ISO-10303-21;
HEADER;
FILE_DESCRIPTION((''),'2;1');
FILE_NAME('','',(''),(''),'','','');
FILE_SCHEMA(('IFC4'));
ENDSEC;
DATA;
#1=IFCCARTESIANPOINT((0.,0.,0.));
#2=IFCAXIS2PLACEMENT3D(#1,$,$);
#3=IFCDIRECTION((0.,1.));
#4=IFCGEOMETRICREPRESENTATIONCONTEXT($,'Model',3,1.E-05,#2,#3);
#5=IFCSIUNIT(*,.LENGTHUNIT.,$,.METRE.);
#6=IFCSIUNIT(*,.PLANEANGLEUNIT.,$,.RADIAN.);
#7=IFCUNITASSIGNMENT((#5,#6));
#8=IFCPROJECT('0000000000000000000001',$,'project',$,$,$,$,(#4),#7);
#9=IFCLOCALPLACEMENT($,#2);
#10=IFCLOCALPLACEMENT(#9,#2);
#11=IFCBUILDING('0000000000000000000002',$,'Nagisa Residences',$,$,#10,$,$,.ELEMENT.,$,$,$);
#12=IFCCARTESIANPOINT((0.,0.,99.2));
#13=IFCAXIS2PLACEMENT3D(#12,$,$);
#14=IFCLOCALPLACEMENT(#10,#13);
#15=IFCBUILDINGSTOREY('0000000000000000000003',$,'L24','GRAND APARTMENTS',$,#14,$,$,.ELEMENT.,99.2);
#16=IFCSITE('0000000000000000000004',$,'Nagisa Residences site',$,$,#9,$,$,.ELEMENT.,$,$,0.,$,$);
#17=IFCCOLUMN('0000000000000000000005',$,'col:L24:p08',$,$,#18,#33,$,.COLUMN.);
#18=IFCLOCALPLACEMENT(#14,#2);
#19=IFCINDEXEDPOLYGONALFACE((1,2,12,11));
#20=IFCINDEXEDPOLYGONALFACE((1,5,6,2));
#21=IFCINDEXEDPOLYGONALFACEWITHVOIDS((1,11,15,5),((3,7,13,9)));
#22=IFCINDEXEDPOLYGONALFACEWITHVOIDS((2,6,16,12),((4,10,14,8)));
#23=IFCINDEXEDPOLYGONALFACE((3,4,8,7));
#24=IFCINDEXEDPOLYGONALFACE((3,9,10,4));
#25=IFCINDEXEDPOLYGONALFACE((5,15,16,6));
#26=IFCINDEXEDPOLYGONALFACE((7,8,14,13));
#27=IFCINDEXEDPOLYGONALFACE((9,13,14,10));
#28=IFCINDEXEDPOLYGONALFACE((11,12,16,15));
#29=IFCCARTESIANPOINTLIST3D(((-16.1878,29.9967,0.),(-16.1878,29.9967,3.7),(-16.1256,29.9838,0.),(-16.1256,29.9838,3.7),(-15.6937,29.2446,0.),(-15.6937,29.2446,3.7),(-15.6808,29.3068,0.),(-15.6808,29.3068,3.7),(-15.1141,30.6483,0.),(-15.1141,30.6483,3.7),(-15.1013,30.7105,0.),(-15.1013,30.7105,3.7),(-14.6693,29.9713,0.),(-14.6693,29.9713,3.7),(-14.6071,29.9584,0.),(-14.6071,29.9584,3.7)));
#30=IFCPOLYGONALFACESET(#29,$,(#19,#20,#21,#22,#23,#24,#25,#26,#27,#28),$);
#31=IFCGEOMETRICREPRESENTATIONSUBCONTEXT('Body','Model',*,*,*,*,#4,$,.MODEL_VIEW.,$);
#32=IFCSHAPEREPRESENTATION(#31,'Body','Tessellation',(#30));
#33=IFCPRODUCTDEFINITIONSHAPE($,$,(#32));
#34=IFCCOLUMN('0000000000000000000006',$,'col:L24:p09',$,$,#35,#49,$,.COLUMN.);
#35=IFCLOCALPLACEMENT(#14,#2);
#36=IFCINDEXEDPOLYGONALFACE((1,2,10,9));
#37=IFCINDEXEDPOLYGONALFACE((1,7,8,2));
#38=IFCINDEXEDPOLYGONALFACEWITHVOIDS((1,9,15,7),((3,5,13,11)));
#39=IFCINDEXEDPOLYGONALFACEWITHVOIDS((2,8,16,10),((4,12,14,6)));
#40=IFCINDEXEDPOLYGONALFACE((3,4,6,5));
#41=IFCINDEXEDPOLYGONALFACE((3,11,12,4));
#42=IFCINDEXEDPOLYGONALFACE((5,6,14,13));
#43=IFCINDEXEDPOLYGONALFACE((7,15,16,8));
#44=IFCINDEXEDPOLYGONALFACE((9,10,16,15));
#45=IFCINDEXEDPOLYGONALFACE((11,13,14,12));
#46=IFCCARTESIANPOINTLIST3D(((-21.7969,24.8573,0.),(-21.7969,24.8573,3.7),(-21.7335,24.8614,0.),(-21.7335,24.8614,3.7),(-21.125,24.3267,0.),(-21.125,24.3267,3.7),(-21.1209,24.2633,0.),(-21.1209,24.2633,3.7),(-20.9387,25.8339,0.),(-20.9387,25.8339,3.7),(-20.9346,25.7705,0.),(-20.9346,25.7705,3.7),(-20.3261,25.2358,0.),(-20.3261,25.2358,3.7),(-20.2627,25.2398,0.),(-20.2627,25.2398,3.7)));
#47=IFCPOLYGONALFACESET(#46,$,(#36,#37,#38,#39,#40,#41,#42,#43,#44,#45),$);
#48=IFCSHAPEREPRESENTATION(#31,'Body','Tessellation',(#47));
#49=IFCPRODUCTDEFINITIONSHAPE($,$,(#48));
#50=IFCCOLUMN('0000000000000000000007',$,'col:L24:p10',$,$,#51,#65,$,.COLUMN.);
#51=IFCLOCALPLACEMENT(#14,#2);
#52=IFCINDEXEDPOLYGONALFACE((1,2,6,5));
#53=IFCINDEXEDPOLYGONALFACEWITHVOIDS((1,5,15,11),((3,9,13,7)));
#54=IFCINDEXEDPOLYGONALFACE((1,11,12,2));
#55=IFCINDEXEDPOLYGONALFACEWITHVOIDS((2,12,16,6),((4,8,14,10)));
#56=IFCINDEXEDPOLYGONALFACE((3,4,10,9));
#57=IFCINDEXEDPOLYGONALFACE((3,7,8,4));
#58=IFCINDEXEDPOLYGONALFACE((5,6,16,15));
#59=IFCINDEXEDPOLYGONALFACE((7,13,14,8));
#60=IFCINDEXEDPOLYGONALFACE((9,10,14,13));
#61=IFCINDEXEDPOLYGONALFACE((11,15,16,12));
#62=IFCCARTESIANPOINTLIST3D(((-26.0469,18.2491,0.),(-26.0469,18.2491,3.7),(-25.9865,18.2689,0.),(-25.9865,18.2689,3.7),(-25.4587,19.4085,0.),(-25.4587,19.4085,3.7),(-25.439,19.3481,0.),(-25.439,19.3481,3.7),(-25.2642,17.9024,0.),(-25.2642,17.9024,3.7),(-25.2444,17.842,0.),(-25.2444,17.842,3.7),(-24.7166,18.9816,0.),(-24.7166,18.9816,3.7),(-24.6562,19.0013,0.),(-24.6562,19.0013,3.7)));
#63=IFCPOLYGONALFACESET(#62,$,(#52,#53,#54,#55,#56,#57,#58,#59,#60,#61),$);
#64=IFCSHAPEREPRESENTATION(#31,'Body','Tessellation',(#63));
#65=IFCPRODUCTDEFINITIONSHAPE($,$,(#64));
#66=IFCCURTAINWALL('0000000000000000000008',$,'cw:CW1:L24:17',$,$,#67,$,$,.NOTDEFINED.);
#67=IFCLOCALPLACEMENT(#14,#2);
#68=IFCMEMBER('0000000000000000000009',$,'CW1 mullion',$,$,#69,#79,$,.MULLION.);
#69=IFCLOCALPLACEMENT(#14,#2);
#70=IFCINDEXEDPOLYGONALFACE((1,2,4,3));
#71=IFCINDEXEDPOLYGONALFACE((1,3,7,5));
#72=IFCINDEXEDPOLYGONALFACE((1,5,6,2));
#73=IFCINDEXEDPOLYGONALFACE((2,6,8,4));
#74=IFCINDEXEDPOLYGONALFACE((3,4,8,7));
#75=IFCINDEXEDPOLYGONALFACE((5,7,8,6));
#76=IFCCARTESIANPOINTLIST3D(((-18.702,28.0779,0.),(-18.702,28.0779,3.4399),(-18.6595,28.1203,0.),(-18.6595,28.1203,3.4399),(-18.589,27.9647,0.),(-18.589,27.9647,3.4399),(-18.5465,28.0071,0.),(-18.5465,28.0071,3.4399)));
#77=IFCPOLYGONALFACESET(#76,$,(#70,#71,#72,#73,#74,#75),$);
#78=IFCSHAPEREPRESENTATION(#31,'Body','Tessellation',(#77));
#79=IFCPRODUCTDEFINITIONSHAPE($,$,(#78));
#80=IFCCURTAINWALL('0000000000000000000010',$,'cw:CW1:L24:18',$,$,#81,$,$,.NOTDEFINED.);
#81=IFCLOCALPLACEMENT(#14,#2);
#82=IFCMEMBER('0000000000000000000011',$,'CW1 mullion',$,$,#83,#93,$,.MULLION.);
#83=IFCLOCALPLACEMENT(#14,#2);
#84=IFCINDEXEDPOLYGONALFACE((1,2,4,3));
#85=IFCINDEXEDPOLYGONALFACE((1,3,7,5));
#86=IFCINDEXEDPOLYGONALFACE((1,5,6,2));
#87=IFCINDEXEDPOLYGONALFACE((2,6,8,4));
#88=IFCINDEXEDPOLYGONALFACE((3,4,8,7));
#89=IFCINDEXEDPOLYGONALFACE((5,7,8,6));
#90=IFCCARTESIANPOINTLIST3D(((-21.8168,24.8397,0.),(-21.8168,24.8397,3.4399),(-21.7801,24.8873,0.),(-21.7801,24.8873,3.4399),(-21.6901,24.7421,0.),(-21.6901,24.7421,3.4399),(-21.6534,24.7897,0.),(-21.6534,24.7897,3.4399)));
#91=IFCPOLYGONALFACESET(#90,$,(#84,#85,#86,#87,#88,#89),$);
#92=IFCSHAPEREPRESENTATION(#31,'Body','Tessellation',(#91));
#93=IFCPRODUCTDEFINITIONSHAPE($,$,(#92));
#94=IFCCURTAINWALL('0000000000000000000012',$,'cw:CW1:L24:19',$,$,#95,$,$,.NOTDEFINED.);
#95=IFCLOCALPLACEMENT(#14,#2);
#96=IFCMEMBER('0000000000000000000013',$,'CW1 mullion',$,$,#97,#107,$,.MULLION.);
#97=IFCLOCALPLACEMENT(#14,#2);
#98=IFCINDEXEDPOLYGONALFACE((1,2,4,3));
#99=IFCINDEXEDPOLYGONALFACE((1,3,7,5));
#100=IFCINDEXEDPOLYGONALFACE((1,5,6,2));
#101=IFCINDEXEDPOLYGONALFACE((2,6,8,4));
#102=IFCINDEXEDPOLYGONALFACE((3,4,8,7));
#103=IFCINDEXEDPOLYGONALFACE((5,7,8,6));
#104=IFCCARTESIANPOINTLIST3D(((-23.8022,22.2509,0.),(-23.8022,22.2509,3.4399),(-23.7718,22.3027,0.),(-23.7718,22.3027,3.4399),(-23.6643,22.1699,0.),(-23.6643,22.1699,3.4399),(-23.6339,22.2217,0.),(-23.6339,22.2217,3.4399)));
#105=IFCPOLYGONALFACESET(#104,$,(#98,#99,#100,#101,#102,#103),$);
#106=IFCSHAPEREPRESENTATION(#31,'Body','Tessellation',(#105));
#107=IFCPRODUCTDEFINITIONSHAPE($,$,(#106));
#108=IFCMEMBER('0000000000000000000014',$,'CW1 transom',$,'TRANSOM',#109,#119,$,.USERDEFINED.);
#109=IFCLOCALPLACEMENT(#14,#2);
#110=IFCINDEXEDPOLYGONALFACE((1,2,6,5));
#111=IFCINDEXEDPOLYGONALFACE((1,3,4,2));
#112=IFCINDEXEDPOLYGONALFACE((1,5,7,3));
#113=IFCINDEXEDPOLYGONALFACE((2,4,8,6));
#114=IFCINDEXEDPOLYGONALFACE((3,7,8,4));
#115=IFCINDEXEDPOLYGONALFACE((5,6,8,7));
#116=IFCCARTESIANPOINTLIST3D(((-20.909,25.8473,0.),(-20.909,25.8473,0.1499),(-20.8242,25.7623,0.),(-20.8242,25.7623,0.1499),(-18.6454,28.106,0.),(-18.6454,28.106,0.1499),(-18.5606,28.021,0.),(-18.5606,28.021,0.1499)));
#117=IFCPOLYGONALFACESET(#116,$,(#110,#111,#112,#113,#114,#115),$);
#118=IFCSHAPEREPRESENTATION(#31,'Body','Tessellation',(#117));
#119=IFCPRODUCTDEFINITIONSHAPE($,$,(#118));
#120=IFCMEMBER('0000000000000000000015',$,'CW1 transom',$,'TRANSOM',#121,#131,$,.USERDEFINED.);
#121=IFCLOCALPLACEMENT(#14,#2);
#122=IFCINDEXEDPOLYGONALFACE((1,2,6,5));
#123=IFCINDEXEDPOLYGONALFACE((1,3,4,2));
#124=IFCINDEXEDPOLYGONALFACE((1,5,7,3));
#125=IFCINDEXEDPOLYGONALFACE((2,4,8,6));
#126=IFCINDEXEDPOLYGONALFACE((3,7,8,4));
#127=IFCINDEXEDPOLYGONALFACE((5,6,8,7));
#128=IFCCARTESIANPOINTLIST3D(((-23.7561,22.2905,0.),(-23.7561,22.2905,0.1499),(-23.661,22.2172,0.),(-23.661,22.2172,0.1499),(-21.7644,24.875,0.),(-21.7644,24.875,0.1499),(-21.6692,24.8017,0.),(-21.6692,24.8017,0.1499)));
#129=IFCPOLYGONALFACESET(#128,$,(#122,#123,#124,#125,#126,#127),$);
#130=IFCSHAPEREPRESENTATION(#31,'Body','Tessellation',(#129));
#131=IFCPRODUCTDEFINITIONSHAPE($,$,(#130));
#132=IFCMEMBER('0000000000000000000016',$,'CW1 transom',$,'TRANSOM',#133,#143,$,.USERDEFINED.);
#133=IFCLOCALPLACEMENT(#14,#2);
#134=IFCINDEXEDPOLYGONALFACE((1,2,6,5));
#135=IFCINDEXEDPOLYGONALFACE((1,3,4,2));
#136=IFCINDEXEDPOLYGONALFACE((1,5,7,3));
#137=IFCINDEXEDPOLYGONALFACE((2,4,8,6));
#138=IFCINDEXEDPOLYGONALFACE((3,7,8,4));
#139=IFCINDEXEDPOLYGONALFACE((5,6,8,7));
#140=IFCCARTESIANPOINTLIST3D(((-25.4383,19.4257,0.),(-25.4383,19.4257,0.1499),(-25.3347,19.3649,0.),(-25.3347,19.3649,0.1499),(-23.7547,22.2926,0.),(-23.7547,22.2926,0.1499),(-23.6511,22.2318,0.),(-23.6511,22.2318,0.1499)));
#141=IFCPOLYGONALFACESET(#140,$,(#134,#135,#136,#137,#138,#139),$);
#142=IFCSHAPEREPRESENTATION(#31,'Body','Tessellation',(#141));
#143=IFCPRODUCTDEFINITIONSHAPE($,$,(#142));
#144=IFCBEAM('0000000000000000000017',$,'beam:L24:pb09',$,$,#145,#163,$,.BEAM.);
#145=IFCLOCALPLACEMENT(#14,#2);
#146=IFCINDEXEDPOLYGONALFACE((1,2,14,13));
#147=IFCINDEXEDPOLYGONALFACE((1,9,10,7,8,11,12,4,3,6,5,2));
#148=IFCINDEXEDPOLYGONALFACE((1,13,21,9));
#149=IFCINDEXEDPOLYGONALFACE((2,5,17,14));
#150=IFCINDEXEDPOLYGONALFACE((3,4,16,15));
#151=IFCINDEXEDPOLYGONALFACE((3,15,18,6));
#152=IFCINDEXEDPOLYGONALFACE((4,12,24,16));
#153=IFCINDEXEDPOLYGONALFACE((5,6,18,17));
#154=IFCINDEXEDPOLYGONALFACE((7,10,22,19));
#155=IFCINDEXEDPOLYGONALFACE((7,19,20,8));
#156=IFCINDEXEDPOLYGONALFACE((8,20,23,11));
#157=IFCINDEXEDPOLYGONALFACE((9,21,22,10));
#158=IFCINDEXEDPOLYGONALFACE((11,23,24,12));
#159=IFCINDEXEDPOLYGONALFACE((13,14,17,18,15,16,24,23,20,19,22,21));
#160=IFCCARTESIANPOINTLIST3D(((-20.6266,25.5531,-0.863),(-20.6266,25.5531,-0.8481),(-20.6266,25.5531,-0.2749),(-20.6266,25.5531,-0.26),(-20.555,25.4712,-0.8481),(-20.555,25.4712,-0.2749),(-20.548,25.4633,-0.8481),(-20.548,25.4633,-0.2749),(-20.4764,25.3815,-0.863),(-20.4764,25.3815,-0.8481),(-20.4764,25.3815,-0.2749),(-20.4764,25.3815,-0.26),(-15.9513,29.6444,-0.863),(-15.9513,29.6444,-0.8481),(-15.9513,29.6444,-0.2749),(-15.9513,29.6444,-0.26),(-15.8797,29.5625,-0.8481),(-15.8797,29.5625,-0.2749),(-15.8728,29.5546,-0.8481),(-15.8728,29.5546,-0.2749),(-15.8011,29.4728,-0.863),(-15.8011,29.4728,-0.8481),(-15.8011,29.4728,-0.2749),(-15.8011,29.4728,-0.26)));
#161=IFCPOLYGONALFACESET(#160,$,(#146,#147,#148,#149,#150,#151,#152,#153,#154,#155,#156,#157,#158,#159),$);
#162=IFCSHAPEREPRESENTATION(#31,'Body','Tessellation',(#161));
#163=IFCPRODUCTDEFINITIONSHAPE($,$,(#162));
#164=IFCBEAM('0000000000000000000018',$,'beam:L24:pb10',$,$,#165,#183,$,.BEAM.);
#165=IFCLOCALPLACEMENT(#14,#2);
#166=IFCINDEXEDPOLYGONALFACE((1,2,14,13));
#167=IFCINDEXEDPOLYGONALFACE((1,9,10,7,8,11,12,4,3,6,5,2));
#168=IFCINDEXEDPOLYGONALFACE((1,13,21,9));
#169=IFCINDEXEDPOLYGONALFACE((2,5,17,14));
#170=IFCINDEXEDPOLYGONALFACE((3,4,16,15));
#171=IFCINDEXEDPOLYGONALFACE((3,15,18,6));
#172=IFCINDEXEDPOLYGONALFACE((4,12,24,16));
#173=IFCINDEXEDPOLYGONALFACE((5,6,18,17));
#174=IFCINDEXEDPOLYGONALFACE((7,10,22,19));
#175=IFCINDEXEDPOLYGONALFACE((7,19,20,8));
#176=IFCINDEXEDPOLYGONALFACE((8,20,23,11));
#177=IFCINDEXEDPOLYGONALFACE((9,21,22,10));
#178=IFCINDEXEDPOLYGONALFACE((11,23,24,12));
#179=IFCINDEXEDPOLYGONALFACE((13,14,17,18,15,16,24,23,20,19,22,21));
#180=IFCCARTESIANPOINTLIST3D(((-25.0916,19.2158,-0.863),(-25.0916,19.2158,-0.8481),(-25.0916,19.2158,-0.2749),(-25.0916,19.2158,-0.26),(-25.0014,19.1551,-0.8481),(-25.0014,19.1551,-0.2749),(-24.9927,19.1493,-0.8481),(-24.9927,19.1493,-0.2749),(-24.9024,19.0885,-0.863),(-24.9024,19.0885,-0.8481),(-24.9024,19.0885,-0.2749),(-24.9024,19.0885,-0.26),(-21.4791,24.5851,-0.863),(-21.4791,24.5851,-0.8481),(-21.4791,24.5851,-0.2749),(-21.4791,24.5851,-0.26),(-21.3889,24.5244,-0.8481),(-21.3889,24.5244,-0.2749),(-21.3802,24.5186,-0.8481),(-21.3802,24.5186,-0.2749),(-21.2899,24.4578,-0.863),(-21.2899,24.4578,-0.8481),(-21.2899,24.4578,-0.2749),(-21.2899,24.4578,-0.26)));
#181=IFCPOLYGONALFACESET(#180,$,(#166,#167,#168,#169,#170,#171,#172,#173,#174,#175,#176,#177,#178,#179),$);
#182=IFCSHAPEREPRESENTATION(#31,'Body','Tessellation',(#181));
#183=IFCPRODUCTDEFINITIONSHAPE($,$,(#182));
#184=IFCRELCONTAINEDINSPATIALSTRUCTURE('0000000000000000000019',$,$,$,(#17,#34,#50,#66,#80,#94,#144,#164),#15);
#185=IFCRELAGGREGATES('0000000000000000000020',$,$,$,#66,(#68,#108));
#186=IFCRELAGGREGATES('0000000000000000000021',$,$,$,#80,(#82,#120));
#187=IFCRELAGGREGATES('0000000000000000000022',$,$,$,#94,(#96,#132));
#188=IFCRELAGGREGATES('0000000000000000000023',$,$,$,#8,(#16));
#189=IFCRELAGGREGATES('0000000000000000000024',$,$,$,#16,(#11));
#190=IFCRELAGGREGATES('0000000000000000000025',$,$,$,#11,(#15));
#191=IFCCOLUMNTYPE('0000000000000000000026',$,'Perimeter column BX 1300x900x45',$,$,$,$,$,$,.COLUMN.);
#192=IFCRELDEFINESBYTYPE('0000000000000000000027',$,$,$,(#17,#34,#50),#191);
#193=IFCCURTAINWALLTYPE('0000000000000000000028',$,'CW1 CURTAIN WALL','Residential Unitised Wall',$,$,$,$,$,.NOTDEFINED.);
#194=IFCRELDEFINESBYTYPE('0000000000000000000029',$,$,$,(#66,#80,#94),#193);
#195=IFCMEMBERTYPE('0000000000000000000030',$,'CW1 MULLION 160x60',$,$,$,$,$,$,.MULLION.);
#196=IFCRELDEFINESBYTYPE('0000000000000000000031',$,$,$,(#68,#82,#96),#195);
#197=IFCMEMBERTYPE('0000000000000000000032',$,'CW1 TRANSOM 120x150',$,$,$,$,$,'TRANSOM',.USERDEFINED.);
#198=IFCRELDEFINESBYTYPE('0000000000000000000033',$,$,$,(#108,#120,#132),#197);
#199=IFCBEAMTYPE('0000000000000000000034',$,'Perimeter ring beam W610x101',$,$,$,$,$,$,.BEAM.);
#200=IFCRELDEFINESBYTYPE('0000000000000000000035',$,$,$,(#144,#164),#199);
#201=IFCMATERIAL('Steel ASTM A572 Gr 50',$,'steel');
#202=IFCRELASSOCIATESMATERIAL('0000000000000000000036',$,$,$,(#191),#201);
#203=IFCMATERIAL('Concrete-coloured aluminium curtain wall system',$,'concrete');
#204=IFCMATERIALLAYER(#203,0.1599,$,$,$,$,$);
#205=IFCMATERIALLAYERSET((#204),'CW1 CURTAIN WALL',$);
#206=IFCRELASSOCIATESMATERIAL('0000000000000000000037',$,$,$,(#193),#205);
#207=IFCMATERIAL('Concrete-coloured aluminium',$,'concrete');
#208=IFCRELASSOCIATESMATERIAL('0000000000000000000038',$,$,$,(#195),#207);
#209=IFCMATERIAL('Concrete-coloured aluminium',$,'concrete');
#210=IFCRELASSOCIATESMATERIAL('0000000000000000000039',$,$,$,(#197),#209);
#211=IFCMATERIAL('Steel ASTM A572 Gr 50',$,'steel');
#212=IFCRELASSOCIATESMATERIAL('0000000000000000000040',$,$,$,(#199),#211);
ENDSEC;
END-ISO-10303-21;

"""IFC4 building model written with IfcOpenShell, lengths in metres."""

from ifc_helpers import new_model, si_unit, direction, frame, origin, origin_2d, place, context, subcontext, project, spatial, rectangle, hollow_rectangle, i_section, extrude, material, layer, layer_set, material_profile, profile_set, type_object, element, aggregate, save


model = new_model("IFC4")

# Units and contexts
model_context = context("Model", 3, precision=1e-05, world=origin(), true_north=direction((0.0, 1.0)))
body_context = subcontext(model_context, "Body", "Model", "MODEL_VIEW")
ifc_project = project(units=[si_unit("LENGTHUNIT", "METRE"), si_unit("PLANEANGLEUNIT", "RADIAN")], contexts=[model_context])

# Site, building, storey
site_placement = place(None, origin())
site = spatial("IfcSite", under=ifc_project, at=site_placement, Name="Nagisa Residences site", CompositionType="ELEMENT", RefElevation=0.0)
building_placement = place(site_placement, origin())
building = spatial("IfcBuilding", under=site, at=building_placement, Name="Nagisa Residences", CompositionType="ELEMENT")
storey_placement = place(building_placement, frame((0.0, 0.0, 99.2)))
storey = spatial("IfcBuildingStorey", under=building, at=storey_placement, Name="L24", Description="GRAND APARTMENTS", CompositionType="ELEMENT", Elevation=99.2)

# Columns
ifc_material_1 = material(Name="Steel ASTM A572 Gr 50", Category="steel")
ifc_material_profile_1 = material_profile(ifc_material_1, hollow_rectangle(XDim=1.3, YDim=0.8999, WallThickness=0.0449, at=origin_2d()), Name="BX 1300x900x45")
ifc_profile_set_1 = profile_set([ifc_material_profile_1], Name="Steel ASTM A572 Gr 50")
column_type = type_object("IfcColumnType", Name="Perimeter column BX 1300x900x45", PredefinedType="COLUMN", material=ifc_profile_set_1)
for number, where, z_axis, x_axis, name in (
    (1, (-15.3975, 29.9775, 0.0), (0.0, 0.0, 1.0), (-0.835766, -0.549086, 0.0), "col:L24:p08"),
    (2, (-21.0298, 25.0486, 0.0), (0.0, 0.0, 1.0), (-0.660115, -0.751165, 0.0), "col:L24:p09"),
    (3, (-25.3516, 18.6252, 0.0), (0.0, 0.0, 1.0), (-0.452463, -0.891783, 0.0), "col:L24:p10"),
):
    element("IfcColumn", number, at=place(storey_placement, frame(where, z_axis=z_axis, x_axis=x_axis)), inside=storey, type_object=column_type, Name=name, PredefinedType="COLUMN", context=body_context, shape_type="SweptSolid", body=[
        extrude(hollow_rectangle(XDim=1.3, YDim=0.8999, WallThickness=0.0449, at=origin_2d()), origin(), (0.0, 0.0, 1.0), 3.7),
    ])

# Curtain walls, members
ifc_material_2 = material(Name="Concrete-coloured aluminium curtain wall system", Category="concrete")
ifc_layer_1 = layer(ifc_material_2, 0.1599)
ifc_layer_set_1 = layer_set([ifc_layer_1], Name="CW1 CURTAIN WALL")
curtain_wall_type = type_object("IfcCurtainWallType", Name="CW1 CURTAIN WALL", Description="Residential Unitised Wall", PredefinedType="NOTDEFINED", material=ifc_layer_set_1)
curtain_wall_1_placement = place(storey_placement, origin())
curtain_wall_1 = element("IfcCurtainWall", 4, at=curtain_wall_1_placement, inside=storey, type_object=curtain_wall_type, Name="cw:CW1:L24:17", PredefinedType="NOTDEFINED")
ifc_material_3 = material(Name="Concrete-coloured aluminium", Category="concrete")
ifc_material_profile_2 = material_profile(ifc_material_3, rectangle(XDim=0.1599, YDim=0.0601, at=origin_2d()), Name="CW1 MULLION 160x60")
ifc_profile_set_2 = profile_set([ifc_material_profile_2], Name="Concrete-coloured aluminium")
member_type_1 = type_object("IfcMemberType", Name="CW1 MULLION 160x60", PredefinedType="MULLION", material=ifc_profile_set_2)
member_1_placement = place(storey_placement, frame((-18.6243, 28.0425, 0.0), z_axis=(0.0, 0.0, 1.0), x_axis=(0.706377, -0.707836, 0.0)))
member_1 = element("IfcMember", 5, at=member_1_placement, type_object=member_type_1, Name="CW1 mullion", PredefinedType="MULLION", context=body_context, shape_type="SweptSolid", body=[
    extrude(rectangle(XDim=0.1599, YDim=0.0601, at=origin_2d()), origin(), (0.0, 0.0, 1.0), 3.4399),
])
curtain_wall_2_placement = place(storey_placement, origin())
curtain_wall_2 = element("IfcCurtainWall", 6, at=curtain_wall_2_placement, inside=storey, type_object=curtain_wall_type, Name="cw:CW1:L24:18", PredefinedType="NOTDEFINED")
member_2_placement = place(storey_placement, frame((-21.7351, 24.8147, 0.0), z_axis=(0.0, 0.0, 1.0), x_axis=(0.79207, -0.61043, 0.0)))
member_2 = element("IfcMember", 7, at=member_2_placement, type_object=member_type_1, Name="CW1 mullion", PredefinedType="MULLION", context=body_context, shape_type="SweptSolid", body=[
    extrude(rectangle(XDim=0.1599, YDim=0.0601, at=origin_2d()), origin(), (0.0, 0.0, 1.0), 3.4399),
])
curtain_wall_3_placement = place(storey_placement, origin())
curtain_wall_3 = element("IfcCurtainWall", 8, at=curtain_wall_3_placement, inside=storey, type_object=curtain_wall_type, Name="cw:CW1:L24:19", PredefinedType="NOTDEFINED")
member_3_placement = place(storey_placement, frame((-23.718, 22.2363, 0.0), z_axis=(0.0, 0.0, 1.0), x_axis=(0.862329, -0.506349, 0.0)))
member_3 = element("IfcMember", 9, at=member_3_placement, type_object=member_type_1, Name="CW1 mullion", PredefinedType="MULLION", context=body_context, shape_type="SweptSolid", body=[
    extrude(rectangle(XDim=0.1599, YDim=0.0601, at=origin_2d()), origin(), (0.0, 0.0, 1.0), 3.4399),
])

# Members
ifc_material_4 = material(Name="Concrete-coloured aluminium", Category="concrete")
ifc_material_profile_3 = material_profile(ifc_material_4, rectangle(XDim=0.1201, YDim=0.1499, at=origin_2d()), Name="CW1 TRANSOM 120x150")
ifc_profile_set_3 = profile_set([ifc_material_profile_3], Name="Concrete-coloured aluminium")
member_type_2 = type_object("IfcMemberType", Name="CW1 TRANSOM 120x150", ElementType="TRANSOM", PredefinedType="USERDEFINED", material=ifc_profile_set_3)
member_4_placement = place(storey_placement, frame((-18.603, 28.0635, 0.075), z_axis=(-0.70787, -0.706343, 0.0), x_axis=(0.706343, -0.70787, 0.0)))
member_4 = element("IfcMember", 10, at=member_4_placement, type_object=member_type_2, Name="CW1 transom", ObjectType="TRANSOM", PredefinedType="USERDEFINED", context=body_context, shape_type="SweptSolid", body=[
    extrude(rectangle(XDim=0.1201, YDim=0.1499, at=origin_2d()), origin(), (0.0, 0.0, 1.0), 3.1978),
])
member_5_placement = place(storey_placement, frame((-21.7168, 24.8384, 0.075), z_axis=(-0.610412, -0.792084, 0.0), x_axis=(0.792084, -0.610412, 0.0)))
member_5 = element("IfcMember", 11, at=member_5_placement, type_object=member_type_2, Name="CW1 transom", ObjectType="TRANSOM", PredefinedType="USERDEFINED", context=body_context, shape_type="SweptSolid", body=[
    extrude(rectangle(XDim=0.1201, YDim=0.1499, at=origin_2d()), origin(), (0.0, 0.0, 1.0), 3.2629),
])
member_6_placement = place(storey_placement, frame((-23.7029, 22.2622, 0.075), z_axis=(-0.506385, -0.862308, 0.0), x_axis=(0.862308, -0.506385, 0.0)))
member_6 = element("IfcMember", 12, at=member_6_placement, type_object=member_type_2, Name="CW1 transom", ObjectType="TRANSOM", PredefinedType="USERDEFINED", context=body_context, shape_type="SweptSolid", body=[
    extrude(rectangle(XDim=0.1201, YDim=0.1499, at=origin_2d()), origin(), (0.0, 0.0, 1.0), 3.3247),
])

# Beams
ifc_material_5 = material(Name="Steel ASTM A572 Gr 50", Category="steel")
ifc_material_profile_4 = material_profile(ifc_material_5, i_section(OverallWidth=0.228, OverallDepth=0.603, WebThickness=0.0105, FlangeThickness=0.0149, at=origin_2d()), Name="W610x101")
ifc_profile_set_4 = profile_set([ifc_material_profile_4], Name="Steel ASTM A572 Gr 50")
beam_type_1 = type_object("IfcBeamType", Name="Perimeter ring beam W610x101", PredefinedType="BEAM", material=ifc_profile_set_4)
beam_1_placement = place(storey_placement, frame((-15.8762, 29.5586, -0.5615), z_axis=(-0.752543, -0.658544, 0.0), x_axis=(0.658544, -0.752543, 0.0)))
element("IfcBeam", 13, at=beam_1_placement, inside=storey, type_object=beam_type_1, Name="beam:L24:pb09", PredefinedType="BEAM", context=body_context, shape_type="SweptSolid", body=[
    extrude(i_section(OverallWidth=0.228, OverallDepth=0.603, WebThickness=0.0105, FlangeThickness=0.0149, at=origin_2d()), origin(), (0.0, 0.0, 1.0), 6.2126),
])
beam_2_placement = place(storey_placement, frame((-21.3845, 24.5215, -0.5615), z_axis=(-0.558221, -0.829692, 0.0), x_axis=(0.829692, -0.558221, 0.0)))
element("IfcBeam", 14, at=beam_2_placement, inside=storey, type_object=beam_type_1, Name="beam:L24:pb10", PredefinedType="BEAM", context=body_context, shape_type="SweptSolid", body=[
    extrude(i_section(OverallWidth=0.228, OverallDepth=0.603, WebThickness=0.0105, FlangeThickness=0.0149, at=origin_2d()), origin(), (0.0, 0.0, 1.0), 6.4714),
])

aggregate(curtain_wall_1, [member_1, member_4])
aggregate(curtain_wall_2, [member_2, member_5])
aggregate(curtain_wall_3, [member_3, member_6])

save(model, "model.ifc")
